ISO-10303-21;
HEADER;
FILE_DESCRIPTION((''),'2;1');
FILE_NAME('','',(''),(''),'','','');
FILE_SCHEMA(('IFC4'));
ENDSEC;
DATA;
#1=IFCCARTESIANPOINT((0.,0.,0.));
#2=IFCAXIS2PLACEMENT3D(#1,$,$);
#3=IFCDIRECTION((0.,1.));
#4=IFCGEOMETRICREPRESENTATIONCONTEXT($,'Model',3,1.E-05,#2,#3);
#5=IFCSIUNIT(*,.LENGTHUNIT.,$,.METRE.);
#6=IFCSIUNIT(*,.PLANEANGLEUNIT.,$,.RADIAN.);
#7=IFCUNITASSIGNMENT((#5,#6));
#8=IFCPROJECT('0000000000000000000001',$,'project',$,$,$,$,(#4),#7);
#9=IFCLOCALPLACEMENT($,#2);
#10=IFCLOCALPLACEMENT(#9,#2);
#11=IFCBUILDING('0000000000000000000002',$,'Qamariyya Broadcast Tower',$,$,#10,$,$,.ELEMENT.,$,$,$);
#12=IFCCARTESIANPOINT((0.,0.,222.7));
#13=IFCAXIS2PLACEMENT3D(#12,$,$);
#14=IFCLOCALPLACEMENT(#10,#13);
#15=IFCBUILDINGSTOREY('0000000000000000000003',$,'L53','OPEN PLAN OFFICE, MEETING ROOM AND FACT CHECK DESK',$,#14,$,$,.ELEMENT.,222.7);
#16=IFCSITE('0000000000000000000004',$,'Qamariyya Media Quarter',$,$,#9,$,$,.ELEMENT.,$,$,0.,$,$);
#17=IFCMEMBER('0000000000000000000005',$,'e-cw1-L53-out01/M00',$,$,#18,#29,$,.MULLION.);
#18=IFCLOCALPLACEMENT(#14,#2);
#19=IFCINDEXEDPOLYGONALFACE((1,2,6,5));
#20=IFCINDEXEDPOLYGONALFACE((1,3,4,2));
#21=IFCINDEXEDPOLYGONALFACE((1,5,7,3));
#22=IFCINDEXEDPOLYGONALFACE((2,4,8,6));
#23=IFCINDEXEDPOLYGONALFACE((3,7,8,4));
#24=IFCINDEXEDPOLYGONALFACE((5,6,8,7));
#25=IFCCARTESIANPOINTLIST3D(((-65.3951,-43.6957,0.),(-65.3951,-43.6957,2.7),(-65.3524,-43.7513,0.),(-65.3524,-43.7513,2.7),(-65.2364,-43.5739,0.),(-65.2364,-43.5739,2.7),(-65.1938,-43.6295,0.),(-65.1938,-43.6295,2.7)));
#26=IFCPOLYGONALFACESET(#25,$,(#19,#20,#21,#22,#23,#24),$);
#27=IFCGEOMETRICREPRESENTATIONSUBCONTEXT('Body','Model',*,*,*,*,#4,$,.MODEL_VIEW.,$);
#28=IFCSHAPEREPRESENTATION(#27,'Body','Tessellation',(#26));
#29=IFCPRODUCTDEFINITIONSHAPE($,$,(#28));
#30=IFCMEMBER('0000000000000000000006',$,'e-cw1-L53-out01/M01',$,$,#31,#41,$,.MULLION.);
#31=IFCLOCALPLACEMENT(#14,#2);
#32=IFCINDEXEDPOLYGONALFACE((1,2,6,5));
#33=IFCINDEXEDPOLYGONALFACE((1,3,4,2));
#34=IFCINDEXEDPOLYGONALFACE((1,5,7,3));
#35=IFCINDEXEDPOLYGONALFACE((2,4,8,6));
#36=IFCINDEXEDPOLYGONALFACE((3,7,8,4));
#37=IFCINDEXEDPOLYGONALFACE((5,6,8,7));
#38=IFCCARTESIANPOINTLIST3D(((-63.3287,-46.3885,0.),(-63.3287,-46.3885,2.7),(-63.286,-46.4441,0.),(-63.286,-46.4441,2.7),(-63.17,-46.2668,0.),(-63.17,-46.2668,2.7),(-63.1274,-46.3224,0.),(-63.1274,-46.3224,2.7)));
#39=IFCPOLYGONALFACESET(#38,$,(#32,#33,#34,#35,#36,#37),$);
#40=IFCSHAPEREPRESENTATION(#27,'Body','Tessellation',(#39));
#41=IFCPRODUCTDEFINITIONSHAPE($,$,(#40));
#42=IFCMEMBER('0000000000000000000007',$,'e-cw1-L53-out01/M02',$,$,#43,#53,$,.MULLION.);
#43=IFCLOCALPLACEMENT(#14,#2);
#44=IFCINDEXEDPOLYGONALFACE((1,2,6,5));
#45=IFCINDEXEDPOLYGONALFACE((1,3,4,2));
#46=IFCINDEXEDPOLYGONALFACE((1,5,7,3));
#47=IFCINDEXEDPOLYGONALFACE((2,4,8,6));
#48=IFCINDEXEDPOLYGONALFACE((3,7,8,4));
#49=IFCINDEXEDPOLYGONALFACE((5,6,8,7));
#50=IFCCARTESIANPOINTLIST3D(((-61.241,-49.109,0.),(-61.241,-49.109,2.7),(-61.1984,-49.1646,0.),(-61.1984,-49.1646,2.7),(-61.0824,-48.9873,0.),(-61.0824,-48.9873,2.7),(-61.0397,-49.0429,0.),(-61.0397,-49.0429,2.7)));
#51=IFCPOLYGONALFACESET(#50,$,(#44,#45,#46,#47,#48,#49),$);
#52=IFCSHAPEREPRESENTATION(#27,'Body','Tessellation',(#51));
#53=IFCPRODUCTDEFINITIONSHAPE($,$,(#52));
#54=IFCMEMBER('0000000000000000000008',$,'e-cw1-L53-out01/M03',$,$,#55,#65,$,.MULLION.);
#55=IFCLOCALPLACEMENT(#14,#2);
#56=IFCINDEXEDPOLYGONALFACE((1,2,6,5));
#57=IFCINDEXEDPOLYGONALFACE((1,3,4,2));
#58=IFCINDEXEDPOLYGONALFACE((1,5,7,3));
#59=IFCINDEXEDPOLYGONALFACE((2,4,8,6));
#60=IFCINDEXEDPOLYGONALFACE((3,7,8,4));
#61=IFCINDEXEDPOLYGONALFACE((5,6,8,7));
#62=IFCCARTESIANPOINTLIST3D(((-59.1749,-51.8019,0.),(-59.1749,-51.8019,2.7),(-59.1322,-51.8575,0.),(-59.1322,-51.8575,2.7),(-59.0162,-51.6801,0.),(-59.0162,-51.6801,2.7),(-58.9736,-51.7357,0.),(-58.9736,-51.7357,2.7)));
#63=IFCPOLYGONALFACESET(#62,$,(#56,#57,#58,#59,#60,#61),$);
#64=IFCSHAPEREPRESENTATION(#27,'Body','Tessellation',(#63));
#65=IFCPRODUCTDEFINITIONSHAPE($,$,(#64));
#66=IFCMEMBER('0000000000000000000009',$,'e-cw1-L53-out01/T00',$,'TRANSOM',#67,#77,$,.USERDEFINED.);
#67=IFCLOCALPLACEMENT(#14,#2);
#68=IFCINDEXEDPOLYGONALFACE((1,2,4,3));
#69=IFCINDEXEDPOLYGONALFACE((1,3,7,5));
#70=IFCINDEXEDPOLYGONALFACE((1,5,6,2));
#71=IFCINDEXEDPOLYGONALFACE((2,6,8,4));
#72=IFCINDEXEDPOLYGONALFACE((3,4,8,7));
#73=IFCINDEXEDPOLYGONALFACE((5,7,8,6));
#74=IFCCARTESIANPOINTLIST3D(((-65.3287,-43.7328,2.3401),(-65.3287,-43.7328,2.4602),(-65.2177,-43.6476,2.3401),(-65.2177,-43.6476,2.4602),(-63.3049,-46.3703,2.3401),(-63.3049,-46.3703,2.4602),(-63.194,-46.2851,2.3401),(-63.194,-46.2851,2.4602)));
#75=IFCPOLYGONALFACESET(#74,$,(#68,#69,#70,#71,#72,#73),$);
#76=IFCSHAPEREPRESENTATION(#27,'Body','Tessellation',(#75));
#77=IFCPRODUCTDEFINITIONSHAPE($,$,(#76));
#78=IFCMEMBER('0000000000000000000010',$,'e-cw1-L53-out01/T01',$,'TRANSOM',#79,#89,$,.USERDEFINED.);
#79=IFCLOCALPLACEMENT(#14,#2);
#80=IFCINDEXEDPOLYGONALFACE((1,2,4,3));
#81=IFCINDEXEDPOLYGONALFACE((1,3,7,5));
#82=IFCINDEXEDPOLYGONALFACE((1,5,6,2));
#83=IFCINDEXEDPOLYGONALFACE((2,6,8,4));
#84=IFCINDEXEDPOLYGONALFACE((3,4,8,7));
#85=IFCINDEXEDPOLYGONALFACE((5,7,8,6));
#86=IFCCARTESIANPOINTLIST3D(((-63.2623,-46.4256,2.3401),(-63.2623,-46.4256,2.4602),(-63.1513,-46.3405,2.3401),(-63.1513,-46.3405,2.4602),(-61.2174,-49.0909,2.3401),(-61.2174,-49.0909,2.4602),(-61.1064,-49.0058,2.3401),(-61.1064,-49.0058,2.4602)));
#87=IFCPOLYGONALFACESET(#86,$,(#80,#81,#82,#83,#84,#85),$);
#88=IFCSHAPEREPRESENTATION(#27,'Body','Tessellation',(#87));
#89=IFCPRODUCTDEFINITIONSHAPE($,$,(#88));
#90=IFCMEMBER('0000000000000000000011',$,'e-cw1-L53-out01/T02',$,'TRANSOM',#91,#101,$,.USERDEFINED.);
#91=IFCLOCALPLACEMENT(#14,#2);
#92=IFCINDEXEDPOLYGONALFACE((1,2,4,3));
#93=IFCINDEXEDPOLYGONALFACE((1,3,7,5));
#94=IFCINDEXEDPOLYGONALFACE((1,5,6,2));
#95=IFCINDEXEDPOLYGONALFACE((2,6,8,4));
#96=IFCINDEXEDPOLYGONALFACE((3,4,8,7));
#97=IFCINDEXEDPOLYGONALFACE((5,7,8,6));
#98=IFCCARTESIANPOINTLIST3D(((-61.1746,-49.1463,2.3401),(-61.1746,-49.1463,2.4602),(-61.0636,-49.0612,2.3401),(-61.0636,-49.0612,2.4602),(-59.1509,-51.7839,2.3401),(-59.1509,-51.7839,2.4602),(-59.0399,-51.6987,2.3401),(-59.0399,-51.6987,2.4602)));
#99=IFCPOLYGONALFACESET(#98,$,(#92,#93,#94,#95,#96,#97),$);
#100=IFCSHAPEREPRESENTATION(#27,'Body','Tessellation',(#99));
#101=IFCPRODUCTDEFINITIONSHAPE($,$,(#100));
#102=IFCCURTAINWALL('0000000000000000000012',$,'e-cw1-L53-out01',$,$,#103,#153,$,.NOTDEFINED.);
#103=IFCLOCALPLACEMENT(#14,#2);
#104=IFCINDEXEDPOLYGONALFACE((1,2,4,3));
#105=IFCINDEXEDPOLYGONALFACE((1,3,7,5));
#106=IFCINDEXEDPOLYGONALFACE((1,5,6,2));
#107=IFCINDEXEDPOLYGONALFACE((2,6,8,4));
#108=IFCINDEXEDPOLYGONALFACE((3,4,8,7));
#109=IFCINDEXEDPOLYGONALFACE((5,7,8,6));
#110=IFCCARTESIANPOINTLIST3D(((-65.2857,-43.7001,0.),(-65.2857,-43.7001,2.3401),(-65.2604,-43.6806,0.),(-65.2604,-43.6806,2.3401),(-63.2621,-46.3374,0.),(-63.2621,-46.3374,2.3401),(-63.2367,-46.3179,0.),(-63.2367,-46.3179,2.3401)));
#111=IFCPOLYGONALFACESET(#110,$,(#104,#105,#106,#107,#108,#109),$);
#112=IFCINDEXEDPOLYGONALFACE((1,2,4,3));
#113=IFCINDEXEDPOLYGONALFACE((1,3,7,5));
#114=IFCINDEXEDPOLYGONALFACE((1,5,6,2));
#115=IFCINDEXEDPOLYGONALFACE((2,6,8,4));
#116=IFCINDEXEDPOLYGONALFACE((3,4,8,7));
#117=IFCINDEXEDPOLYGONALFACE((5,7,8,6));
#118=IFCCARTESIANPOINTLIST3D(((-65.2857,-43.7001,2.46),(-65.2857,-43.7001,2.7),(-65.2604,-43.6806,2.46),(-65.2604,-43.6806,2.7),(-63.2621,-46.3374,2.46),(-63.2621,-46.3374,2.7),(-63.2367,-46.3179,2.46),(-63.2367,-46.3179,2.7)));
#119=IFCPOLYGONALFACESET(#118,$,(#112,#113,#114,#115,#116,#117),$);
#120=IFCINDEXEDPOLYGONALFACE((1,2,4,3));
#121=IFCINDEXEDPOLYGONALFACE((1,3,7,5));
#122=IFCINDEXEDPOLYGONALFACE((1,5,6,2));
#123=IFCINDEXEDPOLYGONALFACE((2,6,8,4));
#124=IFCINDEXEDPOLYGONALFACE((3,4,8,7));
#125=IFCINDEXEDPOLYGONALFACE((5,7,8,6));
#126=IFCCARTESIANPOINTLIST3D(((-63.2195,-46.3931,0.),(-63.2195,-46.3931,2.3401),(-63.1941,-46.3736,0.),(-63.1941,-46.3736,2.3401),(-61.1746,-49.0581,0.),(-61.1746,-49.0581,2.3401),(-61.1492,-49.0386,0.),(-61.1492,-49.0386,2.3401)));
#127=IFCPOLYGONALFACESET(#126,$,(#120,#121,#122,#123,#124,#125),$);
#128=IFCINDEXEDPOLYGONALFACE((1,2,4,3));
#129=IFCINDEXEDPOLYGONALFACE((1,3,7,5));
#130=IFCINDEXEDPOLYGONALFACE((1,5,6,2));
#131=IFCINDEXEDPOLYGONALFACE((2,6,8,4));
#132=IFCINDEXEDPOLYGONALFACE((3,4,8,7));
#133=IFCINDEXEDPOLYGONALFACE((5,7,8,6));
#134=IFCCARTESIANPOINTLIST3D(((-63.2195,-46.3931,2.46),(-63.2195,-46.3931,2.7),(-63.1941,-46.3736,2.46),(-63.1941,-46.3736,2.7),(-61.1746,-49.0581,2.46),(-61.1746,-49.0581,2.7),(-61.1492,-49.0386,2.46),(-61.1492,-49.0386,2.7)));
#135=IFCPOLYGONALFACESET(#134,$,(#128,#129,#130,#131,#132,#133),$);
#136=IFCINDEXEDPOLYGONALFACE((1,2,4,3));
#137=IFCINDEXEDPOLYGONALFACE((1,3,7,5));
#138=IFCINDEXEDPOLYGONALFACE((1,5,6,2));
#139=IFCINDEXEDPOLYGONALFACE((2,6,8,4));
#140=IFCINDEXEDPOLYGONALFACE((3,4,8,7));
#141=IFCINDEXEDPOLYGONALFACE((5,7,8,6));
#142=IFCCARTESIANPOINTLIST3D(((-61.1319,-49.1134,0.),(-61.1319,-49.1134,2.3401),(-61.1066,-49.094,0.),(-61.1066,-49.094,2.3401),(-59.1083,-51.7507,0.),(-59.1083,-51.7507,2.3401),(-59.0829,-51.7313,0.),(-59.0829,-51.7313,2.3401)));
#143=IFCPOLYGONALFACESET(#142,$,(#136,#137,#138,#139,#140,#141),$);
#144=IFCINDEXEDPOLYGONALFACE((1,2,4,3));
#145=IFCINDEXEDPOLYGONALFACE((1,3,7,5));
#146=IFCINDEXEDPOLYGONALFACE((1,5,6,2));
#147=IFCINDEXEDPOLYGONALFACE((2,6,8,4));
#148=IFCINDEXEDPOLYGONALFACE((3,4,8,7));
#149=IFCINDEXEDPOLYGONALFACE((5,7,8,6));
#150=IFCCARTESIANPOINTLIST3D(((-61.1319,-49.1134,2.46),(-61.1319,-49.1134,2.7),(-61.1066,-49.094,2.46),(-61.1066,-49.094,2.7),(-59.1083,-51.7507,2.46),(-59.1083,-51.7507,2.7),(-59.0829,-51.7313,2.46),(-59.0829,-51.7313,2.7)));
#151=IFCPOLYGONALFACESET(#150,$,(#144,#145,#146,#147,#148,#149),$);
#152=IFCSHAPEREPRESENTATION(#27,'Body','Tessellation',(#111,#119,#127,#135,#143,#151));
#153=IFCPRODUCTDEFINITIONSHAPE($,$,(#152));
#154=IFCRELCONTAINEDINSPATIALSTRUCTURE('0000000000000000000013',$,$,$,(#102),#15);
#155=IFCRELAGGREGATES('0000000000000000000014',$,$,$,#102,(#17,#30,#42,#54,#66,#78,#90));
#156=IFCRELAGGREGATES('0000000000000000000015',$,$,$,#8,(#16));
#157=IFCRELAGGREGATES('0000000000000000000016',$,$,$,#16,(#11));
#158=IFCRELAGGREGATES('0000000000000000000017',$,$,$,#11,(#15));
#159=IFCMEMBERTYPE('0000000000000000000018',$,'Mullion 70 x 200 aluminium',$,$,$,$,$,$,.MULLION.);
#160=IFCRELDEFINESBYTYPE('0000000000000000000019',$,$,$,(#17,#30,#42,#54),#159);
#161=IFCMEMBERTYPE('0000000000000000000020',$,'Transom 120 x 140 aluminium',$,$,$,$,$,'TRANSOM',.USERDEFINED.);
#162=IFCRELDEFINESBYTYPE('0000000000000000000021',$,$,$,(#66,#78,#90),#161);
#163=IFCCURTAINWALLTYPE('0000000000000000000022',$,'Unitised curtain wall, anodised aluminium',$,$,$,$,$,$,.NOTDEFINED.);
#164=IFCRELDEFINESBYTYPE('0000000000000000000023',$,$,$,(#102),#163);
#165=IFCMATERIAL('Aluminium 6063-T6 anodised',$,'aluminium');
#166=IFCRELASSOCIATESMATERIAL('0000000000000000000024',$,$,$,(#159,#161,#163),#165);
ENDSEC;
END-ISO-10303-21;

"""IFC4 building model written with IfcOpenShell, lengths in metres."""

from ifc_helpers import new_model, si_unit, direction, frame, origin, origin_2d, place, context, subcontext, project, spatial, rectangle, extrude, material, material_profile, profile_set, type_object, element, aggregate, save


model = new_model("IFC4")

# Units and contexts
model_context = context("Model", 3, precision=1e-05, world=origin(), true_north=direction((0.0, 1.0)))
body_context = subcontext(model_context, "Body", "Model", "MODEL_VIEW")
ifc_project = project(units=[si_unit("LENGTHUNIT", "METRE"), si_unit("PLANEANGLEUNIT", "RADIAN")], contexts=[model_context])

# Members
ifc_material_1 = material(Name="Aluminium 6063-T6 anodised", Category="aluminium")
ifc_material_profile_1 = material_profile(ifc_material_1, rectangle(XDim=0.2, YDim=0.0701, at=origin_2d()))
ifc_profile_set_1 = profile_set([ifc_material_profile_1], Name="Aluminium 6063-T6 anodised")
member_type_1 = type_object("IfcMemberType", Name="Mullion 70 x 200 aluminium", PredefinedType="MULLION", material=ifc_profile_set_1)
site_placement = place(None, origin())
building_placement = place(site_placement, origin())
storey_placement = place(building_placement, frame((0.0, 0.0, 222.7)))
member_1_placement = place(storey_placement, frame((-65.2944, -43.6626, 0.0), z_axis=(0.0, 0.0, 1.0), x_axis=(0.793353, 0.608761, 0.0)))
member_1 = element("IfcMember", 1, at=member_1_placement, type_object=member_type_1, Name="e-cw1-L53-out01/M00", PredefinedType="MULLION", context=body_context, shape_type="SweptSolid", body=[
    extrude(rectangle(XDim=0.2, YDim=0.0701, at=origin_2d()), origin(), (0.0, 0.0, 1.0), 2.7),
])
member_2_placement = place(storey_placement, frame((-63.228, -46.3555, 0.0), z_axis=(0.0, 0.0, 1.0), x_axis=(0.793353, 0.608761, 0.0)))
member_2 = element("IfcMember", 2, at=member_2_placement, type_object=member_type_1, Name="e-cw1-L53-out01/M01", PredefinedType="MULLION", context=body_context, shape_type="SweptSolid", body=[
    extrude(rectangle(XDim=0.2, YDim=0.0701, at=origin_2d()), origin(), (0.0, 0.0, 1.0), 2.7),
])
member_3_placement = place(storey_placement, frame((-61.1404, -49.0759, 0.0), z_axis=(0.0, 0.0, 1.0), x_axis=(0.793353, 0.608761, 0.0)))
member_3 = element("IfcMember", 3, at=member_3_placement, type_object=member_type_1, Name="e-cw1-L53-out01/M02", PredefinedType="MULLION", context=body_context, shape_type="SweptSolid", body=[
    extrude(rectangle(XDim=0.2, YDim=0.0701, at=origin_2d()), origin(), (0.0, 0.0, 1.0), 2.7),
])
member_4_placement = place(storey_placement, frame((-59.0742, -51.7688, 0.0), z_axis=(0.0, 0.0, 1.0), x_axis=(0.793353, 0.608761, 0.0)))
member_4 = element("IfcMember", 4, at=member_4_placement, type_object=member_type_1, Name="e-cw1-L53-out01/M03", PredefinedType="MULLION", context=body_context, shape_type="SweptSolid", body=[
    extrude(rectangle(XDim=0.2, YDim=0.0701, at=origin_2d()), origin(), (0.0, 0.0, 1.0), 2.7),
])
ifc_material_profile_2 = material_profile(ifc_material_1, rectangle(XDim=0.1399, YDim=0.1201, at=origin_2d()))
ifc_profile_set_2 = profile_set([ifc_material_profile_2], Name="Aluminium 6063-T6 anodised")
member_type_2 = type_object("IfcMemberType", Name="Transom 120 x 140 aluminium", ElementType="TRANSOM", PredefinedType="USERDEFINED", material=ifc_profile_set_2)
member_5_placement = place(storey_placement, frame((-65.2732, -43.6902, 2.4001), z_axis=(0.608741, -0.793369, 0.0), x_axis=(0.793369, 0.608741, 0.0)))
member_5 = element("IfcMember", 5, at=member_5_placement, type_object=member_type_2, Name="e-cw1-L53-out01/T00", ObjectType="TRANSOM", PredefinedType="USERDEFINED", context=body_context, shape_type="SweptSolid", body=[
    extrude(rectangle(XDim=0.1399, YDim=0.1201, at=origin_2d()), origin(), (0.0, 0.0, 1.0), 3.3245),
])
member_6_placement = place(storey_placement, frame((-63.2068, -46.3831, 2.4001), z_axis=(0.60872, -0.793385, 0.0), x_axis=(0.793385, 0.60872, 0.0)))
member_6 = element("IfcMember", 6, at=member_6_placement, type_object=member_type_2, Name="e-cw1-L53-out01/T01", ObjectType="TRANSOM", PredefinedType="USERDEFINED", context=body_context, shape_type="SweptSolid", body=[
    extrude(rectangle(XDim=0.1399, YDim=0.1201, at=origin_2d()), origin(), (0.0, 0.0, 1.0), 3.3594),
])
member_7_placement = place(storey_placement, frame((-61.1191, -49.1038, 2.4001), z_axis=(0.608741, -0.793369, 0.0), x_axis=(0.793369, 0.608741, 0.0)))
member_7 = element("IfcMember", 7, at=member_7_placement, type_object=member_type_2, Name="e-cw1-L53-out01/T02", ObjectType="TRANSOM", PredefinedType="USERDEFINED", context=body_context, shape_type="SweptSolid", body=[
    extrude(rectangle(XDim=0.1399, YDim=0.1201, at=origin_2d()), origin(), (0.0, 0.0, 1.0), 3.3245),
])

# Site, building, storey
site = spatial("IfcSite", under=ifc_project, at=site_placement, Name="Qamariyya Media Quarter", CompositionType="ELEMENT", RefElevation=0.0)
building = spatial("IfcBuilding", under=site, at=building_placement, Name="Qamariyya Broadcast Tower", CompositionType="ELEMENT")
storey = spatial("IfcBuildingStorey", under=building, at=storey_placement, Name="L53", Description="OPEN PLAN OFFICE, MEETING ROOM AND FACT CHECK DESK", CompositionType="ELEMENT", Elevation=222.7)

# Curtain wall
curtain_wall_type = type_object("IfcCurtainWallType", Name="Unitised curtain wall, anodised aluminium", PredefinedType="NOTDEFINED", material=ifc_material_1)
curtain_wall_1_placement = place(storey_placement, origin())
curtain_wall_1 = element("IfcCurtainWall", 8, at=curtain_wall_1_placement, inside=storey, type_object=curtain_wall_type, Name="e-cw1-L53-out01", PredefinedType="NOTDEFINED", context=body_context, shape_type="SweptSolid", body=[
    extrude(rectangle(XDim=3.3242, YDim=0.032, at=origin_2d()), frame((-64.2612, -45.009, 0.0), x_axis=(0.608754, -0.793359, 0.0)), (0.0, 0.0, 1.0), 2.3401),
    extrude(rectangle(XDim=3.3242, YDim=0.032, at=origin_2d()), frame((-64.2612, -45.009, 2.46), x_axis=(0.608754, -0.793359, 0.0)), (0.0, 0.0, 1.0), 0.24),
    extrude(rectangle(XDim=3.3591, YDim=0.032, at=origin_2d()), frame((-62.1843, -47.7158, 0.0), x_axis=(0.608754, -0.793359, 0.0)), (0.0, 0.0, 1.0), 2.3401),
    extrude(rectangle(XDim=3.3591, YDim=0.032, at=origin_2d()), frame((-62.1843, -47.7158, 2.46), x_axis=(0.608754, -0.793359, 0.0)), (0.0, 0.0, 1.0), 0.24),
    extrude(rectangle(XDim=3.3242, YDim=0.032, at=origin_2d()), frame((-60.1074, -50.4224, 0.0), x_axis=(0.608754, -0.793359, 0.0)), (0.0, 0.0, 1.0), 2.3401),
    extrude(rectangle(XDim=3.3242, YDim=0.032, at=origin_2d()), frame((-60.1074, -50.4224, 2.46), x_axis=(0.608754, -0.793359, 0.0)), (0.0, 0.0, 1.0), 0.24),
])
aggregate(curtain_wall_1, [member_1, member_2, member_3, member_4, member_5, member_6, member_7])

save(model, "model.ifc")
